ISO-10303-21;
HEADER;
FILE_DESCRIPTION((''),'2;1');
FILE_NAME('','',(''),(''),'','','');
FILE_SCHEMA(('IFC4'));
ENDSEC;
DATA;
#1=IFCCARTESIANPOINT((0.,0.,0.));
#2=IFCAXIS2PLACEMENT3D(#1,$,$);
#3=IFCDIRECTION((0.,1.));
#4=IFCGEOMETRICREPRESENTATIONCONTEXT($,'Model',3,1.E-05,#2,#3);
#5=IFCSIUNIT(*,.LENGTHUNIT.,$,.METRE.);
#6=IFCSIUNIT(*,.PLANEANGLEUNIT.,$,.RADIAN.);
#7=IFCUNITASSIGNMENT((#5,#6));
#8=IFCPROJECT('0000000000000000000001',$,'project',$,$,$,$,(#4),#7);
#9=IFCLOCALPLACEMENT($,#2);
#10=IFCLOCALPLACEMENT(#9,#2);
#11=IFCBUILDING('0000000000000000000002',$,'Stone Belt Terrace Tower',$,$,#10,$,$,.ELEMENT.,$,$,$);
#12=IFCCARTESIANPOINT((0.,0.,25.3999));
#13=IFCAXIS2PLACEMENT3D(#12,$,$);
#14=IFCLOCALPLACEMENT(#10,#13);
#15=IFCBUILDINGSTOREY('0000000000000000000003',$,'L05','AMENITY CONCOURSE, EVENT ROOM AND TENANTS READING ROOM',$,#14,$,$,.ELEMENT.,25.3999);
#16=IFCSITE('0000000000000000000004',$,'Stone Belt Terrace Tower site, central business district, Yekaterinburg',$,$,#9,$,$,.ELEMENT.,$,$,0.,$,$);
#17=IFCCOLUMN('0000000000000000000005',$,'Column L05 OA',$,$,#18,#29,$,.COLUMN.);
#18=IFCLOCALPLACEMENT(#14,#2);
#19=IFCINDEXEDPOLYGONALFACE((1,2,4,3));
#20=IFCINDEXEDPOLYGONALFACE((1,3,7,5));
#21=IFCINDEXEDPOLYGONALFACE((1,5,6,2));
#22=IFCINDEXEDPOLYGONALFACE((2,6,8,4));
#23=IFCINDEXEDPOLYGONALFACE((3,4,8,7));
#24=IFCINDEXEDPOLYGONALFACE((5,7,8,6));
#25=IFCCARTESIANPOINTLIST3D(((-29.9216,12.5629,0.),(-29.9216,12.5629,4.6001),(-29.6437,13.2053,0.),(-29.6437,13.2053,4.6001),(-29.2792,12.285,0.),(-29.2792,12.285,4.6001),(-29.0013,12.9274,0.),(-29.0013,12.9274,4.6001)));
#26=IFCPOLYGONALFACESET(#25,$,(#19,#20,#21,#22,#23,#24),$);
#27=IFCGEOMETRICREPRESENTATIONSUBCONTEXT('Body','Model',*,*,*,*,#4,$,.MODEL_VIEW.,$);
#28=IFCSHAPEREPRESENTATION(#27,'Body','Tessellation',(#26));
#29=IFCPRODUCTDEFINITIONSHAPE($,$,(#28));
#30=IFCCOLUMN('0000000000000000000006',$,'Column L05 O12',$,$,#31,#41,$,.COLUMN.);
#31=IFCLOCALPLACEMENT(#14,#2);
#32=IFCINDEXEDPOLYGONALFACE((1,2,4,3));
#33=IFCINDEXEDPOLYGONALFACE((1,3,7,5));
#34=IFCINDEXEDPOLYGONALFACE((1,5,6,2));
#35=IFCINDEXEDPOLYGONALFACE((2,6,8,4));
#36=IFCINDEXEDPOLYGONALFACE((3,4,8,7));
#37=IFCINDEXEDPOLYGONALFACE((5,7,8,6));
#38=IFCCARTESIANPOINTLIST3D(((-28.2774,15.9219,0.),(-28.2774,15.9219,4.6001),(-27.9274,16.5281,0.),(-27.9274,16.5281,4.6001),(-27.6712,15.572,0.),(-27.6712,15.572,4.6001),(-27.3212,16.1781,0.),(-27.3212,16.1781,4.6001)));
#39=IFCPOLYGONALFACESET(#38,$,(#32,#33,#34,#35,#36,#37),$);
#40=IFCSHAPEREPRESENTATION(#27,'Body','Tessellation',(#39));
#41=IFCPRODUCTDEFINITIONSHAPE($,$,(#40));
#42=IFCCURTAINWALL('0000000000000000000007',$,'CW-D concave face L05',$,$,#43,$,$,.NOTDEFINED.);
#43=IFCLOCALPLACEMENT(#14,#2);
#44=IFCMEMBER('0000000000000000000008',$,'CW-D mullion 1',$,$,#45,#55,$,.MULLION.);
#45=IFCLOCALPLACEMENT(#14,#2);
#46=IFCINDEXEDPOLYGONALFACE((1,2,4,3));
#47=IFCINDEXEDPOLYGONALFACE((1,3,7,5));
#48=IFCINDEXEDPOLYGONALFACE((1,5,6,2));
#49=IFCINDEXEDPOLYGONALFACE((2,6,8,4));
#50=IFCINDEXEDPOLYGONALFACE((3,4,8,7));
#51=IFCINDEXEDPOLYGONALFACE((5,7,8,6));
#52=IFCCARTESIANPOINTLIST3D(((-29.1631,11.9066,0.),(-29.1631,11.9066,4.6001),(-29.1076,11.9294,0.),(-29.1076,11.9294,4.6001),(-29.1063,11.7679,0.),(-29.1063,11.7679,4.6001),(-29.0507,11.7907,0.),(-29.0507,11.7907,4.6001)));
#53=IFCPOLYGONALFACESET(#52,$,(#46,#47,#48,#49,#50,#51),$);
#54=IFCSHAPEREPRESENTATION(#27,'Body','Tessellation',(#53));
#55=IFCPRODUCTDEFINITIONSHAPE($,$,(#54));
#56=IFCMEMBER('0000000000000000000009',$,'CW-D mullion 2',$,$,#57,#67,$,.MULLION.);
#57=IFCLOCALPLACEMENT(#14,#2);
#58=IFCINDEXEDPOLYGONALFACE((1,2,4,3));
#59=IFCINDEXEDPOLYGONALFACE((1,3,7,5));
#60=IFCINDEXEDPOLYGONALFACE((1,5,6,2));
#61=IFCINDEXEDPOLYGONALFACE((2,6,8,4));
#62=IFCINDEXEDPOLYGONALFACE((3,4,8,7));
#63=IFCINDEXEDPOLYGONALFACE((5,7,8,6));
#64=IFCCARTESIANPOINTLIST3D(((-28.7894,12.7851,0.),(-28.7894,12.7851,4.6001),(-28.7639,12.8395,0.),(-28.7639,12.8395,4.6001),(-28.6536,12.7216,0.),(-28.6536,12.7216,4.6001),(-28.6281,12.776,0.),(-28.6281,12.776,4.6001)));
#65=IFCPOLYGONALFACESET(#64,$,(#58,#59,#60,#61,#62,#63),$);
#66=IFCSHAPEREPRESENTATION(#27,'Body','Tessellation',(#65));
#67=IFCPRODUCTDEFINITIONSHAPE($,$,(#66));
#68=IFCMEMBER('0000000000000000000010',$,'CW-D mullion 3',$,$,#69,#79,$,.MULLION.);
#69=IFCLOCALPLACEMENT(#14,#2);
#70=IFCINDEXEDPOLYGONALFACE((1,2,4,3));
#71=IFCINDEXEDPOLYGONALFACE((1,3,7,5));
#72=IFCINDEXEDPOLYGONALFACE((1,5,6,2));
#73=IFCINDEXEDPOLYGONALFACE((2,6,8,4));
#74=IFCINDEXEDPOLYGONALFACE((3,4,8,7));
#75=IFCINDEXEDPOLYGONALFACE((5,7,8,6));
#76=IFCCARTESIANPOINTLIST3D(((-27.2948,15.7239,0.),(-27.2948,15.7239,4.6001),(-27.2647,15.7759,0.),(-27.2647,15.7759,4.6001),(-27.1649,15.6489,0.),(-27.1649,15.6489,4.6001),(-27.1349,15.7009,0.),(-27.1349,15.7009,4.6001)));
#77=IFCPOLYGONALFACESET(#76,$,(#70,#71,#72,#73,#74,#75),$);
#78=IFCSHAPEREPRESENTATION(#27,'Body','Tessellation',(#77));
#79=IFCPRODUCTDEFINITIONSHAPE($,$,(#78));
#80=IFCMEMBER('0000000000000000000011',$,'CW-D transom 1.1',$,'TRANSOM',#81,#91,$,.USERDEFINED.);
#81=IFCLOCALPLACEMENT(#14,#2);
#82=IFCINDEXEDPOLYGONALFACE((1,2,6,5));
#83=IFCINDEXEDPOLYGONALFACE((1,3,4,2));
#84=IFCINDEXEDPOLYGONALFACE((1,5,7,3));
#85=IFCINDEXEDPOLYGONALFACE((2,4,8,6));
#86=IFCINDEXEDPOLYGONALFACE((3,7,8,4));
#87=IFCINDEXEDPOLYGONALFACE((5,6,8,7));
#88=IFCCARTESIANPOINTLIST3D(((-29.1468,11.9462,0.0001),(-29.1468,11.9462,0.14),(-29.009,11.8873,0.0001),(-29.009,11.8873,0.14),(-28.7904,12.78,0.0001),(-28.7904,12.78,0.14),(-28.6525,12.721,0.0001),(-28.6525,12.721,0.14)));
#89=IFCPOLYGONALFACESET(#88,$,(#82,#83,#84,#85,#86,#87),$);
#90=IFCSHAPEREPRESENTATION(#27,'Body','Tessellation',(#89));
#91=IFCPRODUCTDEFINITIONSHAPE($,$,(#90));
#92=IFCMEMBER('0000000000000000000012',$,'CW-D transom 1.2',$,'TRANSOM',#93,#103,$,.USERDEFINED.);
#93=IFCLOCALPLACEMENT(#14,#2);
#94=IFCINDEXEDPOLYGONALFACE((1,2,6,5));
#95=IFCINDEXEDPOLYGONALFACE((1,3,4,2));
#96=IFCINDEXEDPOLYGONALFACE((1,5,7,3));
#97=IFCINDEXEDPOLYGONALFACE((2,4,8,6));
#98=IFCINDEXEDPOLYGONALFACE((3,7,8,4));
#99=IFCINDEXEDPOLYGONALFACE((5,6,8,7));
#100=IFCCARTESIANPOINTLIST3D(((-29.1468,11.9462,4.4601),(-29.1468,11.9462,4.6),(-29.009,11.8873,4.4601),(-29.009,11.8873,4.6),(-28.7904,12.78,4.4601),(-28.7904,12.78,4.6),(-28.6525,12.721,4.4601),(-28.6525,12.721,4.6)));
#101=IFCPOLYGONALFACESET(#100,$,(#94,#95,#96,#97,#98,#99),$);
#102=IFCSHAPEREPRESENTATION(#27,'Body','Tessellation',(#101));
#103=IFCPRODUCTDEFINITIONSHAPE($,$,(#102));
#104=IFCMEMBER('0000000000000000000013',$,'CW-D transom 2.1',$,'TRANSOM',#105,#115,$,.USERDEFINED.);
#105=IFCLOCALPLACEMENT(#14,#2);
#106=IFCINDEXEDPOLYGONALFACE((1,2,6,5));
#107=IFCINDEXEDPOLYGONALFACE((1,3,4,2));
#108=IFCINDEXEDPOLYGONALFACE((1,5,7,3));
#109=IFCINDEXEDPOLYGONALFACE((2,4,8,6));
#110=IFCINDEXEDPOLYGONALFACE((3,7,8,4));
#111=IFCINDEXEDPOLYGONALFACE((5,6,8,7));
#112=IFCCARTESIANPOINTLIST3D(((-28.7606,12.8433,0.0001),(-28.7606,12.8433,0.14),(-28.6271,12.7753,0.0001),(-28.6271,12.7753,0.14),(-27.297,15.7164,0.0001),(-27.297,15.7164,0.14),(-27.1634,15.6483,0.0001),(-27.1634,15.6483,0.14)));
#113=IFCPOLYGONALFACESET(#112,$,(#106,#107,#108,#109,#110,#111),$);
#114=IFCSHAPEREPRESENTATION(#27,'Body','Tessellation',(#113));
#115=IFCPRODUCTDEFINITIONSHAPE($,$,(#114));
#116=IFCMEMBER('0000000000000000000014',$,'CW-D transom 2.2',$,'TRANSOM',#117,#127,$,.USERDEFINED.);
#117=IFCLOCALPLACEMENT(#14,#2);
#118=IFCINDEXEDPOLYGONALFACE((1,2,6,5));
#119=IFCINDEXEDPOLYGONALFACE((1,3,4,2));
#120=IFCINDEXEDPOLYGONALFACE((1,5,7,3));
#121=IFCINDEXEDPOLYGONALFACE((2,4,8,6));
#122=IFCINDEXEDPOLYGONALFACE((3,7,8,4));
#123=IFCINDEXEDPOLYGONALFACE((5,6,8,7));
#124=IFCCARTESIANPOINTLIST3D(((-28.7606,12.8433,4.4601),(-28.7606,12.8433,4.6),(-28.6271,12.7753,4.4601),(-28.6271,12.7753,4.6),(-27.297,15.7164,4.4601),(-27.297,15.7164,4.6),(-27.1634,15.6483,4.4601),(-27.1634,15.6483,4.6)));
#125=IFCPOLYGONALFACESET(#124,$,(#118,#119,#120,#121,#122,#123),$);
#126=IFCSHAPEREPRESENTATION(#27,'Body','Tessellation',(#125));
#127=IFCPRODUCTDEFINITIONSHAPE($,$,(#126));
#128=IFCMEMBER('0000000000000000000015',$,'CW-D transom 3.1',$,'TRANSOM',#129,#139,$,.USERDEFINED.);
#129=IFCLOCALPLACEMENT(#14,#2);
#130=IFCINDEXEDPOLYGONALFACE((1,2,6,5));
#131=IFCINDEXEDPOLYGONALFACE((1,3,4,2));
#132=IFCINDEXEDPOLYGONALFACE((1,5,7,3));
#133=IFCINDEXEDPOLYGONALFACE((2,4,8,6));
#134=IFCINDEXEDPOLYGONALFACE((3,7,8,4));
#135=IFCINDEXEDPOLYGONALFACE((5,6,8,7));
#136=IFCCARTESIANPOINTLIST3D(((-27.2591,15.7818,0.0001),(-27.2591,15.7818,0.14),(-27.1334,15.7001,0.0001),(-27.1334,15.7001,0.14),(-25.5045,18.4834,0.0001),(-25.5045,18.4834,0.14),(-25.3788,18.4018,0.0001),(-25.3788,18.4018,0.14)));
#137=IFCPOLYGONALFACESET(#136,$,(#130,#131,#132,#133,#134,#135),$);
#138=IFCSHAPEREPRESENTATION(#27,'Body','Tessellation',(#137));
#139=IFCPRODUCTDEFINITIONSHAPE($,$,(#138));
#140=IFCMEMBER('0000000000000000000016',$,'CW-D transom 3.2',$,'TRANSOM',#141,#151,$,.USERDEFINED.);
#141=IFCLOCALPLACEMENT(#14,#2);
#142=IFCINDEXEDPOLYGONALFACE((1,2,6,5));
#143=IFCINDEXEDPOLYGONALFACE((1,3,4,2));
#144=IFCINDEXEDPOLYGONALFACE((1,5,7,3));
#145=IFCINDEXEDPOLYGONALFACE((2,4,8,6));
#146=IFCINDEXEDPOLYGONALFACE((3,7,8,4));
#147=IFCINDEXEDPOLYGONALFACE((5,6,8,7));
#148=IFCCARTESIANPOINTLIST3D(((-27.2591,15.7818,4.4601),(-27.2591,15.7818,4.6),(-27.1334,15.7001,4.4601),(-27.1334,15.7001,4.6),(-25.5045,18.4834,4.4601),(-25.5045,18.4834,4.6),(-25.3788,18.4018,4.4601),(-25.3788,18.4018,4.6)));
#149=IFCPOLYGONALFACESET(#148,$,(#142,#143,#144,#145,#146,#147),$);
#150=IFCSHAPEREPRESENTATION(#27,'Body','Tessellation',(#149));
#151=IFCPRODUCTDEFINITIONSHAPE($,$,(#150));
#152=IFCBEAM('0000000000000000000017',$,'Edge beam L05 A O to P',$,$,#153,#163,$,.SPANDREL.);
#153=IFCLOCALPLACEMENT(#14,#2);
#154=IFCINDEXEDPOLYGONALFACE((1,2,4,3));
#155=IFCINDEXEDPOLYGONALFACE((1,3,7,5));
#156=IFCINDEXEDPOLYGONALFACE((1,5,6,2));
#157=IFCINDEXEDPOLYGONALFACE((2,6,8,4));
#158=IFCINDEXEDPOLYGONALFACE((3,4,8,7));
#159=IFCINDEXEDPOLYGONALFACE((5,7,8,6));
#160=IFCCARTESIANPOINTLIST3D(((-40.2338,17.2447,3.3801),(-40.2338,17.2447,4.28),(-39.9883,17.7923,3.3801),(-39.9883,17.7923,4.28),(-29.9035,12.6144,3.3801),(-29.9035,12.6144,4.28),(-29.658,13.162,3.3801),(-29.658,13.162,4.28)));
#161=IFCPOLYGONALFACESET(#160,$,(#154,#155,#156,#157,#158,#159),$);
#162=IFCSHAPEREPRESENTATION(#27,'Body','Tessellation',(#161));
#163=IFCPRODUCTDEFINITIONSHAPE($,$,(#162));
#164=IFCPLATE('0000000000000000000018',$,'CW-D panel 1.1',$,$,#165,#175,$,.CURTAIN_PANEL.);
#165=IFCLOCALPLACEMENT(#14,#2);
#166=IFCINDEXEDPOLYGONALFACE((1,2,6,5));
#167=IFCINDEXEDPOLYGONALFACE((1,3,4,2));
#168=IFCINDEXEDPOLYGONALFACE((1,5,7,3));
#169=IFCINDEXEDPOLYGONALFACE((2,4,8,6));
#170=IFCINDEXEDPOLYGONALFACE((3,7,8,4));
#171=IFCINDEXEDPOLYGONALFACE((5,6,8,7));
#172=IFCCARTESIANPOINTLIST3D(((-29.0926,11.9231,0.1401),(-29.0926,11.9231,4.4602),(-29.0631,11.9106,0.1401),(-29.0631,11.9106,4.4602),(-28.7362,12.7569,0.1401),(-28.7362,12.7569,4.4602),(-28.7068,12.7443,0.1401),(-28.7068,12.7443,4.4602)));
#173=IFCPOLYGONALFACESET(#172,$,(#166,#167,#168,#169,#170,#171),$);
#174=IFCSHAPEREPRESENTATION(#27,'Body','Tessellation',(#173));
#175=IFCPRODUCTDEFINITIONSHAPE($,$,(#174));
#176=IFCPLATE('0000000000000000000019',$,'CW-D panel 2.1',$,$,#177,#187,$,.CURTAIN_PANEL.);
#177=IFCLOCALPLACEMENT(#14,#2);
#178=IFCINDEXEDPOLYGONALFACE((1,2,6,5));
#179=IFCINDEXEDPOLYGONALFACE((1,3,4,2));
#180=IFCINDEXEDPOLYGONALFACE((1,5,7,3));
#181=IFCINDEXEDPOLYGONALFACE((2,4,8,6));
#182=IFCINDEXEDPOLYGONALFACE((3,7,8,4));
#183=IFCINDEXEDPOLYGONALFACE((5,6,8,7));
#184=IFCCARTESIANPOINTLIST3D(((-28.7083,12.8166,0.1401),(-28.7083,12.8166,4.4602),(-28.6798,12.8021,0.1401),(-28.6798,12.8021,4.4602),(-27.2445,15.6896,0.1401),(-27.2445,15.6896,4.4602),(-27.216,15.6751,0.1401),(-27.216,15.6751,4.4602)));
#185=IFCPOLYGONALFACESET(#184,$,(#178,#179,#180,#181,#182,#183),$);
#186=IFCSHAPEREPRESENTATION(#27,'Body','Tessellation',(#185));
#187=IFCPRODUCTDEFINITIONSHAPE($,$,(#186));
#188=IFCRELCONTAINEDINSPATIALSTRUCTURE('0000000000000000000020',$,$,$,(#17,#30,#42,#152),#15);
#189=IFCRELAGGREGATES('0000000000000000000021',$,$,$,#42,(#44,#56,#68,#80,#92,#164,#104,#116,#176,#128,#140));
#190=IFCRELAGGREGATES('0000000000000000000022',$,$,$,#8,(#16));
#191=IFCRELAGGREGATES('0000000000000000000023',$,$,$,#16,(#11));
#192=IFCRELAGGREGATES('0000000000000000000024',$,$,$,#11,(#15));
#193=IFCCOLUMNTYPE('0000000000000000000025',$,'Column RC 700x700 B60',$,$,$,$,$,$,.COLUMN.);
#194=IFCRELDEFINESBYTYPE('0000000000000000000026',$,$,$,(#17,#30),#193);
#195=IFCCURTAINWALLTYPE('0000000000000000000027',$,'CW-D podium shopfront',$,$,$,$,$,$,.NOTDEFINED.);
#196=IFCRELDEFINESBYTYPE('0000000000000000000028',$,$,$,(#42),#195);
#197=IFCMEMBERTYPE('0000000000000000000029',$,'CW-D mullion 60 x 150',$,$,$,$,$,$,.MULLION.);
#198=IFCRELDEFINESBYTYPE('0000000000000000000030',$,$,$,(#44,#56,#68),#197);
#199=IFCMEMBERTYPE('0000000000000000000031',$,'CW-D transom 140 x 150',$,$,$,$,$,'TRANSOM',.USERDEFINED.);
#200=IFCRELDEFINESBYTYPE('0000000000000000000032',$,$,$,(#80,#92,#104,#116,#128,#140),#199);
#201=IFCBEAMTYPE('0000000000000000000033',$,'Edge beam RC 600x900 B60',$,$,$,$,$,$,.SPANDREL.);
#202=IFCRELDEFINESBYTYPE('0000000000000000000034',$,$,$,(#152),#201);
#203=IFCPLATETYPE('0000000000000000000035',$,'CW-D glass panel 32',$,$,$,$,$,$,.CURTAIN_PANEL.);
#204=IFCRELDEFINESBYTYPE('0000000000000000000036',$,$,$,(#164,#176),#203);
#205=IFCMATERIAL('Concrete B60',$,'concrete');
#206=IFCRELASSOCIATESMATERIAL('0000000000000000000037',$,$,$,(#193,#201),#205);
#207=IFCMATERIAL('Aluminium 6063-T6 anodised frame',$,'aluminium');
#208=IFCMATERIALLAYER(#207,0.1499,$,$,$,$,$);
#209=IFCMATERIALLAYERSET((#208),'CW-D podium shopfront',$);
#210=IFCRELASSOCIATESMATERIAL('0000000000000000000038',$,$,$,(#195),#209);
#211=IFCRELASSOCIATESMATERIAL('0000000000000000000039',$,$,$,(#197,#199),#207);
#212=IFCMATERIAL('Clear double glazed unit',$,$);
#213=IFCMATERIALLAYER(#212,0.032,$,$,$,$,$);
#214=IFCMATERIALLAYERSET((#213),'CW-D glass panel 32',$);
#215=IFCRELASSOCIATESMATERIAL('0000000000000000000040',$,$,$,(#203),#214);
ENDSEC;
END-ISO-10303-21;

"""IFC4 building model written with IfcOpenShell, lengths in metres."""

from ifc_helpers import new_model, si_unit, direction, frame, origin, origin_2d, place, context, subcontext, project, spatial, rectangle, extrude, material, layer, layer_set, material_profile, profile_set, type_object, element, aggregate, save


model = new_model("IFC4")

# Units and contexts
model_context = context("Model", 3, precision=1e-05, world=origin(), true_north=direction((0.0, 1.0)))
body_context = subcontext(model_context, "Body", "Model", "MODEL_VIEW")
ifc_project = project(units=[si_unit("LENGTHUNIT", "METRE"), si_unit("PLANEANGLEUNIT", "RADIAN")], contexts=[model_context])

# Site, building, storey
site_placement = place(None, origin())
site = spatial("IfcSite", under=ifc_project, at=site_placement, Name="Stone Belt Terrace Tower site, central business district, Yekaterinburg", CompositionType="ELEMENT", RefElevation=0.0)
building_placement = place(site_placement, origin())
building = spatial("IfcBuilding", under=site, at=building_placement, Name="Stone Belt Terrace Tower", CompositionType="ELEMENT")
storey_placement = place(building_placement, frame((0.0, 0.0, 25.3999)))
storey = spatial("IfcBuildingStorey", under=building, at=storey_placement, Name="L05", Description="AMENITY CONCOURSE, EVENT ROOM AND TENANTS READING ROOM", CompositionType="ELEMENT", Elevation=25.3999)

# Columns
ifc_material_1 = material(Name="Concrete B60", Category="concrete")
ifc_material_profile_1 = material_profile(ifc_material_1, rectangle(XDim=0.7, YDim=0.7, at=origin_2d()), Name="RC 700x700")
ifc_profile_set_1 = profile_set([ifc_material_profile_1], Name="Concrete B60")
column_type = type_object("IfcColumnType", Name="Column RC 700x700 B60", PredefinedType="COLUMN", material=ifc_profile_set_1)
for number, where, z_axis, x_axis, name in (
    (1, (-29.4614, 12.7451, 0.0), (0.0, 0.0, 1.0), (0.397044, 0.9178, 0.0), "Column L05 OA"),
    (2, (-27.7993, 16.05, 0.0), (0.0, 0.0, 1.0), (0.5, 0.866025, 0.0), "Column L05 O12"),
):
    element("IfcColumn", number, at=place(storey_placement, frame(where, z_axis=z_axis, x_axis=x_axis)), inside=storey, type_object=column_type, Name=name, PredefinedType="COLUMN", context=body_context, shape_type="SweptSolid", body=[
        extrude(rectangle(XDim=0.7, YDim=0.7, at=origin_2d()), origin(), (0.0, 0.0, 1.0), 4.6001),
    ])

# Curtain wall, members
ifc_material_2 = material(Name="Aluminium 6063-T6 anodised frame", Category="aluminium")
ifc_layer_1 = layer(ifc_material_2, 0.1499)
ifc_layer_set_1 = layer_set([ifc_layer_1], Name="CW-D podium shopfront")
curtain_wall_type = type_object("IfcCurtainWallType", Name="CW-D podium shopfront", PredefinedType="NOTDEFINED", material=ifc_layer_set_1)
curtain_wall_placement = place(storey_placement, origin())
curtain_wall = element("IfcCurtainWall", 3, at=curtain_wall_placement, inside=storey, type_object=curtain_wall_type, Name="CW-D concave face L05", PredefinedType="NOTDEFINED")
ifc_material_profile_2 = material_profile(ifc_material_2, rectangle(XDim=0.1499, YDim=0.0601, at=origin_2d()), Name="Aluminium 6063-T6 60x150")
ifc_profile_set_2 = profile_set([ifc_material_profile_2], Name="Aluminium 6063-T6 anodised frame")
member_type_1 = type_object("IfcMemberType", Name="CW-D mullion 60 x 150", PredefinedType="MULLION", material=ifc_profile_set_2)
member_1_placement = place(storey_placement, frame((-29.1069, 11.8486, 0.0), z_axis=(0.0, 0.0, 1.0), x_axis=(-0.379212, 0.92531, 0.0)))
member_1 = element("IfcMember", 4, at=member_1_placement, type_object=member_type_1, Name="CW-D mullion 1", PredefinedType="MULLION", context=body_context, shape_type="SweptSolid", body=[
    extrude(rectangle(XDim=0.1499, YDim=0.0601, at=origin_2d()), origin(), (0.0, 0.0, 1.0), 4.6001),
])
member_2_placement = place(storey_placement, frame((-28.7087, 12.7805, 0.0), z_axis=(0.0, 0.0, 1.0), x_axis=(-0.905778, 0.423752, 0.0)))
member_2 = element("IfcMember", 5, at=member_2_placement, type_object=member_type_1, Name="CW-D mullion 2", PredefinedType="MULLION", context=body_context, shape_type="SweptSolid", body=[
    extrude(rectangle(XDim=0.1499, YDim=0.0601, at=origin_2d()), origin(), (0.0, 0.0, 1.0), 4.6001),
])
member_3_placement = place(storey_placement, frame((-27.2148, 15.7124, 0.0), z_axis=(0.0, 0.0, 1.0), x_axis=(-0.866025, 0.5, 0.0)))
member_3 = element("IfcMember", 6, at=member_3_placement, type_object=member_type_1, Name="CW-D mullion 3", PredefinedType="MULLION", context=body_context, shape_type="SweptSolid", body=[
    extrude(rectangle(XDim=0.1499, YDim=0.0601, at=origin_2d()), origin(), (0.0, 0.0, 1.0), 4.6001),
])
ifc_material_profile_3 = material_profile(ifc_material_2, rectangle(XDim=0.1499, YDim=0.1399, at=origin_2d()), Name="Aluminium 6063-T6 150x140")
ifc_profile_set_3 = profile_set([ifc_material_profile_3], Name="Aluminium 6063-T6 anodised frame")
member_type_2 = type_object("IfcMemberType", Name="CW-D transom 140 x 150", ElementType="TRANSOM", PredefinedType="USERDEFINED", material=ifc_profile_set_3)
member_4_placement = place(storey_placement, frame((-29.0779, 11.9167, 0.0701), z_axis=(0.393107, 0.919493, 0.0), x_axis=(-0.919493, 0.393107, 0.0)))
member_4 = element("IfcMember", 7, at=member_4_placement, type_object=member_type_2, Name="CW-D transom 1.1", ObjectType="TRANSOM", PredefinedType="USERDEFINED", context=body_context, shape_type="SweptSolid", body=[
    extrude(rectangle(XDim=0.1499, YDim=0.1399, at=origin_2d()), origin(), (0.0, 0.0, 1.0), 0.9067),
])
member_5_placement = place(storey_placement, frame((-29.0779, 11.9167, 4.53), z_axis=(0.393107, 0.919493, 0.0), x_axis=(-0.919493, 0.393107, 0.0)))
member_5 = element("IfcMember", 8, at=member_5_placement, type_object=member_type_2, Name="CW-D transom 1.2", ObjectType="TRANSOM", PredefinedType="USERDEFINED", context=body_context, shape_type="SweptSolid", body=[
    extrude(rectangle(XDim=0.1499, YDim=0.1399, at=origin_2d()), origin(), (0.0, 0.0, 1.0), 0.9067),
])
member_6_placement = place(storey_placement, frame((-28.6938, 12.8093, 0.0701), z_axis=(0.453925, 0.89104, 0.0), x_axis=(-0.89104, 0.453925, 0.0)))
member_6 = element("IfcMember", 9, at=member_6_placement, type_object=member_type_2, Name="CW-D transom 2.1", ObjectType="TRANSOM", PredefinedType="USERDEFINED", context=body_context, shape_type="SweptSolid", body=[
    extrude(rectangle(XDim=0.1499, YDim=0.1399, at=origin_2d()), origin(), (0.0, 0.0, 1.0), 3.2244),
])
member_7_placement = place(storey_placement, frame((-28.6938, 12.8093, 4.53), z_axis=(0.453925, 0.89104, 0.0), x_axis=(-0.89104, 0.453925, 0.0)))
member_7 = element("IfcMember", 10, at=member_7_placement, type_object=member_type_2, Name="CW-D transom 2.2", ObjectType="TRANSOM", PredefinedType="USERDEFINED", context=body_context, shape_type="SweptSolid", body=[
    extrude(rectangle(XDim=0.1499, YDim=0.1399, at=origin_2d()), origin(), (0.0, 0.0, 1.0), 3.2244),
])
member_8_placement = place(storey_placement, frame((-27.1963, 15.741, 0.0701), z_axis=(0.544674, 0.838648, 0.0), x_axis=(-0.838648, 0.544674, 0.0)))
member_8 = element("IfcMember", 11, at=member_8_placement, type_object=member_type_2, Name="CW-D transom 3.1", ObjectType="TRANSOM", PredefinedType="USERDEFINED", context=body_context, shape_type="SweptSolid", body=[
    extrude(rectangle(XDim=0.1499, YDim=0.1399, at=origin_2d()), origin(), (0.0, 0.0, 1.0), 3.2214),
])
member_9_placement = place(storey_placement, frame((-27.1963, 15.741, 4.53), z_axis=(0.544674, 0.838648, 0.0), x_axis=(-0.838648, 0.544674, 0.0)))
member_9 = element("IfcMember", 12, at=member_9_placement, type_object=member_type_2, Name="CW-D transom 3.2", ObjectType="TRANSOM", PredefinedType="USERDEFINED", context=body_context, shape_type="SweptSolid", body=[
    extrude(rectangle(XDim=0.1499, YDim=0.1399, at=origin_2d()), origin(), (0.0, 0.0, 1.0), 3.2214),
])

# Beam
ifc_material_profile_4 = material_profile(ifc_material_1, rectangle(XDim=0.6001, YDim=0.8999, at=origin_2d()), Name="RC 600x900")
ifc_profile_set_4 = profile_set([ifc_material_profile_4], Name="Concrete B60")
beam_type = type_object("IfcBeamType", Name="Edge beam RC 600x900 B60", PredefinedType="SPANDREL", material=ifc_profile_set_4)
beam_placement = place(storey_placement, frame((-29.7808, 12.8882, 3.8301), z_axis=(-0.912525, 0.409022, 0.0), x_axis=(-0.409022, -0.912525, 0.0)))
element("IfcBeam", 13, at=beam_placement, inside=storey, type_object=beam_type, Name="Edge beam L05 A O to P", PredefinedType="SPANDREL", context=body_context, shape_type="SweptSolid", body=[
    extrude(rectangle(XDim=0.6001, YDim=0.8999, at=origin_2d()), origin(), (0.0, 0.0, 1.0), 11.3206),
])

# Plates
ifc_material_3 = material(Name="Clear double glazed unit")
ifc_layer_2 = layer(ifc_material_3, 0.032)
ifc_layer_set_2 = layer_set([ifc_layer_2], Name="CW-D glass panel 32")
plate_type = type_object("IfcPlateType", Name="CW-D glass panel 32", PredefinedType="CURTAIN_PANEL", material=ifc_layer_set_2)
plate_1_placement = place(storey_placement, frame((-28.8997, 12.3337, 0.1401), z_axis=(0.0, 0.0, 1.0), x_axis=(0.393034, 0.919524, 0.0)))
plate_1 = element("IfcPlate", 14, at=plate_1_placement, type_object=plate_type, Name="CW-D panel 1.1", PredefinedType="CURTAIN_PANEL", context=body_context, shape_type="SweptSolid", body=[
    extrude(rectangle(XDim=0.9067, YDim=0.032, at=origin_2d()), origin(), (0.0, 0.0, 1.0), 4.3201),
])
plate_2_placement = place(storey_placement, frame((-27.9622, 14.2458, 0.1401), z_axis=(0.0, 0.0, 1.0), x_axis=(0.45399, 0.891007, 0.0)))
plate_2 = element("IfcPlate", 15, at=plate_2_placement, type_object=plate_type, Name="CW-D panel 2.1", PredefinedType="CURTAIN_PANEL", context=body_context, shape_type="SweptSolid", body=[
    extrude(rectangle(XDim=3.2244, YDim=0.032, at=origin_2d()), origin(), (0.0, 0.0, 1.0), 4.3201),
])
aggregate(curtain_wall, [member_1, member_2, member_3, member_4, member_5, plate_1, member_6, member_7, plate_2, member_8, member_9])

save(model, "model.ifc")
